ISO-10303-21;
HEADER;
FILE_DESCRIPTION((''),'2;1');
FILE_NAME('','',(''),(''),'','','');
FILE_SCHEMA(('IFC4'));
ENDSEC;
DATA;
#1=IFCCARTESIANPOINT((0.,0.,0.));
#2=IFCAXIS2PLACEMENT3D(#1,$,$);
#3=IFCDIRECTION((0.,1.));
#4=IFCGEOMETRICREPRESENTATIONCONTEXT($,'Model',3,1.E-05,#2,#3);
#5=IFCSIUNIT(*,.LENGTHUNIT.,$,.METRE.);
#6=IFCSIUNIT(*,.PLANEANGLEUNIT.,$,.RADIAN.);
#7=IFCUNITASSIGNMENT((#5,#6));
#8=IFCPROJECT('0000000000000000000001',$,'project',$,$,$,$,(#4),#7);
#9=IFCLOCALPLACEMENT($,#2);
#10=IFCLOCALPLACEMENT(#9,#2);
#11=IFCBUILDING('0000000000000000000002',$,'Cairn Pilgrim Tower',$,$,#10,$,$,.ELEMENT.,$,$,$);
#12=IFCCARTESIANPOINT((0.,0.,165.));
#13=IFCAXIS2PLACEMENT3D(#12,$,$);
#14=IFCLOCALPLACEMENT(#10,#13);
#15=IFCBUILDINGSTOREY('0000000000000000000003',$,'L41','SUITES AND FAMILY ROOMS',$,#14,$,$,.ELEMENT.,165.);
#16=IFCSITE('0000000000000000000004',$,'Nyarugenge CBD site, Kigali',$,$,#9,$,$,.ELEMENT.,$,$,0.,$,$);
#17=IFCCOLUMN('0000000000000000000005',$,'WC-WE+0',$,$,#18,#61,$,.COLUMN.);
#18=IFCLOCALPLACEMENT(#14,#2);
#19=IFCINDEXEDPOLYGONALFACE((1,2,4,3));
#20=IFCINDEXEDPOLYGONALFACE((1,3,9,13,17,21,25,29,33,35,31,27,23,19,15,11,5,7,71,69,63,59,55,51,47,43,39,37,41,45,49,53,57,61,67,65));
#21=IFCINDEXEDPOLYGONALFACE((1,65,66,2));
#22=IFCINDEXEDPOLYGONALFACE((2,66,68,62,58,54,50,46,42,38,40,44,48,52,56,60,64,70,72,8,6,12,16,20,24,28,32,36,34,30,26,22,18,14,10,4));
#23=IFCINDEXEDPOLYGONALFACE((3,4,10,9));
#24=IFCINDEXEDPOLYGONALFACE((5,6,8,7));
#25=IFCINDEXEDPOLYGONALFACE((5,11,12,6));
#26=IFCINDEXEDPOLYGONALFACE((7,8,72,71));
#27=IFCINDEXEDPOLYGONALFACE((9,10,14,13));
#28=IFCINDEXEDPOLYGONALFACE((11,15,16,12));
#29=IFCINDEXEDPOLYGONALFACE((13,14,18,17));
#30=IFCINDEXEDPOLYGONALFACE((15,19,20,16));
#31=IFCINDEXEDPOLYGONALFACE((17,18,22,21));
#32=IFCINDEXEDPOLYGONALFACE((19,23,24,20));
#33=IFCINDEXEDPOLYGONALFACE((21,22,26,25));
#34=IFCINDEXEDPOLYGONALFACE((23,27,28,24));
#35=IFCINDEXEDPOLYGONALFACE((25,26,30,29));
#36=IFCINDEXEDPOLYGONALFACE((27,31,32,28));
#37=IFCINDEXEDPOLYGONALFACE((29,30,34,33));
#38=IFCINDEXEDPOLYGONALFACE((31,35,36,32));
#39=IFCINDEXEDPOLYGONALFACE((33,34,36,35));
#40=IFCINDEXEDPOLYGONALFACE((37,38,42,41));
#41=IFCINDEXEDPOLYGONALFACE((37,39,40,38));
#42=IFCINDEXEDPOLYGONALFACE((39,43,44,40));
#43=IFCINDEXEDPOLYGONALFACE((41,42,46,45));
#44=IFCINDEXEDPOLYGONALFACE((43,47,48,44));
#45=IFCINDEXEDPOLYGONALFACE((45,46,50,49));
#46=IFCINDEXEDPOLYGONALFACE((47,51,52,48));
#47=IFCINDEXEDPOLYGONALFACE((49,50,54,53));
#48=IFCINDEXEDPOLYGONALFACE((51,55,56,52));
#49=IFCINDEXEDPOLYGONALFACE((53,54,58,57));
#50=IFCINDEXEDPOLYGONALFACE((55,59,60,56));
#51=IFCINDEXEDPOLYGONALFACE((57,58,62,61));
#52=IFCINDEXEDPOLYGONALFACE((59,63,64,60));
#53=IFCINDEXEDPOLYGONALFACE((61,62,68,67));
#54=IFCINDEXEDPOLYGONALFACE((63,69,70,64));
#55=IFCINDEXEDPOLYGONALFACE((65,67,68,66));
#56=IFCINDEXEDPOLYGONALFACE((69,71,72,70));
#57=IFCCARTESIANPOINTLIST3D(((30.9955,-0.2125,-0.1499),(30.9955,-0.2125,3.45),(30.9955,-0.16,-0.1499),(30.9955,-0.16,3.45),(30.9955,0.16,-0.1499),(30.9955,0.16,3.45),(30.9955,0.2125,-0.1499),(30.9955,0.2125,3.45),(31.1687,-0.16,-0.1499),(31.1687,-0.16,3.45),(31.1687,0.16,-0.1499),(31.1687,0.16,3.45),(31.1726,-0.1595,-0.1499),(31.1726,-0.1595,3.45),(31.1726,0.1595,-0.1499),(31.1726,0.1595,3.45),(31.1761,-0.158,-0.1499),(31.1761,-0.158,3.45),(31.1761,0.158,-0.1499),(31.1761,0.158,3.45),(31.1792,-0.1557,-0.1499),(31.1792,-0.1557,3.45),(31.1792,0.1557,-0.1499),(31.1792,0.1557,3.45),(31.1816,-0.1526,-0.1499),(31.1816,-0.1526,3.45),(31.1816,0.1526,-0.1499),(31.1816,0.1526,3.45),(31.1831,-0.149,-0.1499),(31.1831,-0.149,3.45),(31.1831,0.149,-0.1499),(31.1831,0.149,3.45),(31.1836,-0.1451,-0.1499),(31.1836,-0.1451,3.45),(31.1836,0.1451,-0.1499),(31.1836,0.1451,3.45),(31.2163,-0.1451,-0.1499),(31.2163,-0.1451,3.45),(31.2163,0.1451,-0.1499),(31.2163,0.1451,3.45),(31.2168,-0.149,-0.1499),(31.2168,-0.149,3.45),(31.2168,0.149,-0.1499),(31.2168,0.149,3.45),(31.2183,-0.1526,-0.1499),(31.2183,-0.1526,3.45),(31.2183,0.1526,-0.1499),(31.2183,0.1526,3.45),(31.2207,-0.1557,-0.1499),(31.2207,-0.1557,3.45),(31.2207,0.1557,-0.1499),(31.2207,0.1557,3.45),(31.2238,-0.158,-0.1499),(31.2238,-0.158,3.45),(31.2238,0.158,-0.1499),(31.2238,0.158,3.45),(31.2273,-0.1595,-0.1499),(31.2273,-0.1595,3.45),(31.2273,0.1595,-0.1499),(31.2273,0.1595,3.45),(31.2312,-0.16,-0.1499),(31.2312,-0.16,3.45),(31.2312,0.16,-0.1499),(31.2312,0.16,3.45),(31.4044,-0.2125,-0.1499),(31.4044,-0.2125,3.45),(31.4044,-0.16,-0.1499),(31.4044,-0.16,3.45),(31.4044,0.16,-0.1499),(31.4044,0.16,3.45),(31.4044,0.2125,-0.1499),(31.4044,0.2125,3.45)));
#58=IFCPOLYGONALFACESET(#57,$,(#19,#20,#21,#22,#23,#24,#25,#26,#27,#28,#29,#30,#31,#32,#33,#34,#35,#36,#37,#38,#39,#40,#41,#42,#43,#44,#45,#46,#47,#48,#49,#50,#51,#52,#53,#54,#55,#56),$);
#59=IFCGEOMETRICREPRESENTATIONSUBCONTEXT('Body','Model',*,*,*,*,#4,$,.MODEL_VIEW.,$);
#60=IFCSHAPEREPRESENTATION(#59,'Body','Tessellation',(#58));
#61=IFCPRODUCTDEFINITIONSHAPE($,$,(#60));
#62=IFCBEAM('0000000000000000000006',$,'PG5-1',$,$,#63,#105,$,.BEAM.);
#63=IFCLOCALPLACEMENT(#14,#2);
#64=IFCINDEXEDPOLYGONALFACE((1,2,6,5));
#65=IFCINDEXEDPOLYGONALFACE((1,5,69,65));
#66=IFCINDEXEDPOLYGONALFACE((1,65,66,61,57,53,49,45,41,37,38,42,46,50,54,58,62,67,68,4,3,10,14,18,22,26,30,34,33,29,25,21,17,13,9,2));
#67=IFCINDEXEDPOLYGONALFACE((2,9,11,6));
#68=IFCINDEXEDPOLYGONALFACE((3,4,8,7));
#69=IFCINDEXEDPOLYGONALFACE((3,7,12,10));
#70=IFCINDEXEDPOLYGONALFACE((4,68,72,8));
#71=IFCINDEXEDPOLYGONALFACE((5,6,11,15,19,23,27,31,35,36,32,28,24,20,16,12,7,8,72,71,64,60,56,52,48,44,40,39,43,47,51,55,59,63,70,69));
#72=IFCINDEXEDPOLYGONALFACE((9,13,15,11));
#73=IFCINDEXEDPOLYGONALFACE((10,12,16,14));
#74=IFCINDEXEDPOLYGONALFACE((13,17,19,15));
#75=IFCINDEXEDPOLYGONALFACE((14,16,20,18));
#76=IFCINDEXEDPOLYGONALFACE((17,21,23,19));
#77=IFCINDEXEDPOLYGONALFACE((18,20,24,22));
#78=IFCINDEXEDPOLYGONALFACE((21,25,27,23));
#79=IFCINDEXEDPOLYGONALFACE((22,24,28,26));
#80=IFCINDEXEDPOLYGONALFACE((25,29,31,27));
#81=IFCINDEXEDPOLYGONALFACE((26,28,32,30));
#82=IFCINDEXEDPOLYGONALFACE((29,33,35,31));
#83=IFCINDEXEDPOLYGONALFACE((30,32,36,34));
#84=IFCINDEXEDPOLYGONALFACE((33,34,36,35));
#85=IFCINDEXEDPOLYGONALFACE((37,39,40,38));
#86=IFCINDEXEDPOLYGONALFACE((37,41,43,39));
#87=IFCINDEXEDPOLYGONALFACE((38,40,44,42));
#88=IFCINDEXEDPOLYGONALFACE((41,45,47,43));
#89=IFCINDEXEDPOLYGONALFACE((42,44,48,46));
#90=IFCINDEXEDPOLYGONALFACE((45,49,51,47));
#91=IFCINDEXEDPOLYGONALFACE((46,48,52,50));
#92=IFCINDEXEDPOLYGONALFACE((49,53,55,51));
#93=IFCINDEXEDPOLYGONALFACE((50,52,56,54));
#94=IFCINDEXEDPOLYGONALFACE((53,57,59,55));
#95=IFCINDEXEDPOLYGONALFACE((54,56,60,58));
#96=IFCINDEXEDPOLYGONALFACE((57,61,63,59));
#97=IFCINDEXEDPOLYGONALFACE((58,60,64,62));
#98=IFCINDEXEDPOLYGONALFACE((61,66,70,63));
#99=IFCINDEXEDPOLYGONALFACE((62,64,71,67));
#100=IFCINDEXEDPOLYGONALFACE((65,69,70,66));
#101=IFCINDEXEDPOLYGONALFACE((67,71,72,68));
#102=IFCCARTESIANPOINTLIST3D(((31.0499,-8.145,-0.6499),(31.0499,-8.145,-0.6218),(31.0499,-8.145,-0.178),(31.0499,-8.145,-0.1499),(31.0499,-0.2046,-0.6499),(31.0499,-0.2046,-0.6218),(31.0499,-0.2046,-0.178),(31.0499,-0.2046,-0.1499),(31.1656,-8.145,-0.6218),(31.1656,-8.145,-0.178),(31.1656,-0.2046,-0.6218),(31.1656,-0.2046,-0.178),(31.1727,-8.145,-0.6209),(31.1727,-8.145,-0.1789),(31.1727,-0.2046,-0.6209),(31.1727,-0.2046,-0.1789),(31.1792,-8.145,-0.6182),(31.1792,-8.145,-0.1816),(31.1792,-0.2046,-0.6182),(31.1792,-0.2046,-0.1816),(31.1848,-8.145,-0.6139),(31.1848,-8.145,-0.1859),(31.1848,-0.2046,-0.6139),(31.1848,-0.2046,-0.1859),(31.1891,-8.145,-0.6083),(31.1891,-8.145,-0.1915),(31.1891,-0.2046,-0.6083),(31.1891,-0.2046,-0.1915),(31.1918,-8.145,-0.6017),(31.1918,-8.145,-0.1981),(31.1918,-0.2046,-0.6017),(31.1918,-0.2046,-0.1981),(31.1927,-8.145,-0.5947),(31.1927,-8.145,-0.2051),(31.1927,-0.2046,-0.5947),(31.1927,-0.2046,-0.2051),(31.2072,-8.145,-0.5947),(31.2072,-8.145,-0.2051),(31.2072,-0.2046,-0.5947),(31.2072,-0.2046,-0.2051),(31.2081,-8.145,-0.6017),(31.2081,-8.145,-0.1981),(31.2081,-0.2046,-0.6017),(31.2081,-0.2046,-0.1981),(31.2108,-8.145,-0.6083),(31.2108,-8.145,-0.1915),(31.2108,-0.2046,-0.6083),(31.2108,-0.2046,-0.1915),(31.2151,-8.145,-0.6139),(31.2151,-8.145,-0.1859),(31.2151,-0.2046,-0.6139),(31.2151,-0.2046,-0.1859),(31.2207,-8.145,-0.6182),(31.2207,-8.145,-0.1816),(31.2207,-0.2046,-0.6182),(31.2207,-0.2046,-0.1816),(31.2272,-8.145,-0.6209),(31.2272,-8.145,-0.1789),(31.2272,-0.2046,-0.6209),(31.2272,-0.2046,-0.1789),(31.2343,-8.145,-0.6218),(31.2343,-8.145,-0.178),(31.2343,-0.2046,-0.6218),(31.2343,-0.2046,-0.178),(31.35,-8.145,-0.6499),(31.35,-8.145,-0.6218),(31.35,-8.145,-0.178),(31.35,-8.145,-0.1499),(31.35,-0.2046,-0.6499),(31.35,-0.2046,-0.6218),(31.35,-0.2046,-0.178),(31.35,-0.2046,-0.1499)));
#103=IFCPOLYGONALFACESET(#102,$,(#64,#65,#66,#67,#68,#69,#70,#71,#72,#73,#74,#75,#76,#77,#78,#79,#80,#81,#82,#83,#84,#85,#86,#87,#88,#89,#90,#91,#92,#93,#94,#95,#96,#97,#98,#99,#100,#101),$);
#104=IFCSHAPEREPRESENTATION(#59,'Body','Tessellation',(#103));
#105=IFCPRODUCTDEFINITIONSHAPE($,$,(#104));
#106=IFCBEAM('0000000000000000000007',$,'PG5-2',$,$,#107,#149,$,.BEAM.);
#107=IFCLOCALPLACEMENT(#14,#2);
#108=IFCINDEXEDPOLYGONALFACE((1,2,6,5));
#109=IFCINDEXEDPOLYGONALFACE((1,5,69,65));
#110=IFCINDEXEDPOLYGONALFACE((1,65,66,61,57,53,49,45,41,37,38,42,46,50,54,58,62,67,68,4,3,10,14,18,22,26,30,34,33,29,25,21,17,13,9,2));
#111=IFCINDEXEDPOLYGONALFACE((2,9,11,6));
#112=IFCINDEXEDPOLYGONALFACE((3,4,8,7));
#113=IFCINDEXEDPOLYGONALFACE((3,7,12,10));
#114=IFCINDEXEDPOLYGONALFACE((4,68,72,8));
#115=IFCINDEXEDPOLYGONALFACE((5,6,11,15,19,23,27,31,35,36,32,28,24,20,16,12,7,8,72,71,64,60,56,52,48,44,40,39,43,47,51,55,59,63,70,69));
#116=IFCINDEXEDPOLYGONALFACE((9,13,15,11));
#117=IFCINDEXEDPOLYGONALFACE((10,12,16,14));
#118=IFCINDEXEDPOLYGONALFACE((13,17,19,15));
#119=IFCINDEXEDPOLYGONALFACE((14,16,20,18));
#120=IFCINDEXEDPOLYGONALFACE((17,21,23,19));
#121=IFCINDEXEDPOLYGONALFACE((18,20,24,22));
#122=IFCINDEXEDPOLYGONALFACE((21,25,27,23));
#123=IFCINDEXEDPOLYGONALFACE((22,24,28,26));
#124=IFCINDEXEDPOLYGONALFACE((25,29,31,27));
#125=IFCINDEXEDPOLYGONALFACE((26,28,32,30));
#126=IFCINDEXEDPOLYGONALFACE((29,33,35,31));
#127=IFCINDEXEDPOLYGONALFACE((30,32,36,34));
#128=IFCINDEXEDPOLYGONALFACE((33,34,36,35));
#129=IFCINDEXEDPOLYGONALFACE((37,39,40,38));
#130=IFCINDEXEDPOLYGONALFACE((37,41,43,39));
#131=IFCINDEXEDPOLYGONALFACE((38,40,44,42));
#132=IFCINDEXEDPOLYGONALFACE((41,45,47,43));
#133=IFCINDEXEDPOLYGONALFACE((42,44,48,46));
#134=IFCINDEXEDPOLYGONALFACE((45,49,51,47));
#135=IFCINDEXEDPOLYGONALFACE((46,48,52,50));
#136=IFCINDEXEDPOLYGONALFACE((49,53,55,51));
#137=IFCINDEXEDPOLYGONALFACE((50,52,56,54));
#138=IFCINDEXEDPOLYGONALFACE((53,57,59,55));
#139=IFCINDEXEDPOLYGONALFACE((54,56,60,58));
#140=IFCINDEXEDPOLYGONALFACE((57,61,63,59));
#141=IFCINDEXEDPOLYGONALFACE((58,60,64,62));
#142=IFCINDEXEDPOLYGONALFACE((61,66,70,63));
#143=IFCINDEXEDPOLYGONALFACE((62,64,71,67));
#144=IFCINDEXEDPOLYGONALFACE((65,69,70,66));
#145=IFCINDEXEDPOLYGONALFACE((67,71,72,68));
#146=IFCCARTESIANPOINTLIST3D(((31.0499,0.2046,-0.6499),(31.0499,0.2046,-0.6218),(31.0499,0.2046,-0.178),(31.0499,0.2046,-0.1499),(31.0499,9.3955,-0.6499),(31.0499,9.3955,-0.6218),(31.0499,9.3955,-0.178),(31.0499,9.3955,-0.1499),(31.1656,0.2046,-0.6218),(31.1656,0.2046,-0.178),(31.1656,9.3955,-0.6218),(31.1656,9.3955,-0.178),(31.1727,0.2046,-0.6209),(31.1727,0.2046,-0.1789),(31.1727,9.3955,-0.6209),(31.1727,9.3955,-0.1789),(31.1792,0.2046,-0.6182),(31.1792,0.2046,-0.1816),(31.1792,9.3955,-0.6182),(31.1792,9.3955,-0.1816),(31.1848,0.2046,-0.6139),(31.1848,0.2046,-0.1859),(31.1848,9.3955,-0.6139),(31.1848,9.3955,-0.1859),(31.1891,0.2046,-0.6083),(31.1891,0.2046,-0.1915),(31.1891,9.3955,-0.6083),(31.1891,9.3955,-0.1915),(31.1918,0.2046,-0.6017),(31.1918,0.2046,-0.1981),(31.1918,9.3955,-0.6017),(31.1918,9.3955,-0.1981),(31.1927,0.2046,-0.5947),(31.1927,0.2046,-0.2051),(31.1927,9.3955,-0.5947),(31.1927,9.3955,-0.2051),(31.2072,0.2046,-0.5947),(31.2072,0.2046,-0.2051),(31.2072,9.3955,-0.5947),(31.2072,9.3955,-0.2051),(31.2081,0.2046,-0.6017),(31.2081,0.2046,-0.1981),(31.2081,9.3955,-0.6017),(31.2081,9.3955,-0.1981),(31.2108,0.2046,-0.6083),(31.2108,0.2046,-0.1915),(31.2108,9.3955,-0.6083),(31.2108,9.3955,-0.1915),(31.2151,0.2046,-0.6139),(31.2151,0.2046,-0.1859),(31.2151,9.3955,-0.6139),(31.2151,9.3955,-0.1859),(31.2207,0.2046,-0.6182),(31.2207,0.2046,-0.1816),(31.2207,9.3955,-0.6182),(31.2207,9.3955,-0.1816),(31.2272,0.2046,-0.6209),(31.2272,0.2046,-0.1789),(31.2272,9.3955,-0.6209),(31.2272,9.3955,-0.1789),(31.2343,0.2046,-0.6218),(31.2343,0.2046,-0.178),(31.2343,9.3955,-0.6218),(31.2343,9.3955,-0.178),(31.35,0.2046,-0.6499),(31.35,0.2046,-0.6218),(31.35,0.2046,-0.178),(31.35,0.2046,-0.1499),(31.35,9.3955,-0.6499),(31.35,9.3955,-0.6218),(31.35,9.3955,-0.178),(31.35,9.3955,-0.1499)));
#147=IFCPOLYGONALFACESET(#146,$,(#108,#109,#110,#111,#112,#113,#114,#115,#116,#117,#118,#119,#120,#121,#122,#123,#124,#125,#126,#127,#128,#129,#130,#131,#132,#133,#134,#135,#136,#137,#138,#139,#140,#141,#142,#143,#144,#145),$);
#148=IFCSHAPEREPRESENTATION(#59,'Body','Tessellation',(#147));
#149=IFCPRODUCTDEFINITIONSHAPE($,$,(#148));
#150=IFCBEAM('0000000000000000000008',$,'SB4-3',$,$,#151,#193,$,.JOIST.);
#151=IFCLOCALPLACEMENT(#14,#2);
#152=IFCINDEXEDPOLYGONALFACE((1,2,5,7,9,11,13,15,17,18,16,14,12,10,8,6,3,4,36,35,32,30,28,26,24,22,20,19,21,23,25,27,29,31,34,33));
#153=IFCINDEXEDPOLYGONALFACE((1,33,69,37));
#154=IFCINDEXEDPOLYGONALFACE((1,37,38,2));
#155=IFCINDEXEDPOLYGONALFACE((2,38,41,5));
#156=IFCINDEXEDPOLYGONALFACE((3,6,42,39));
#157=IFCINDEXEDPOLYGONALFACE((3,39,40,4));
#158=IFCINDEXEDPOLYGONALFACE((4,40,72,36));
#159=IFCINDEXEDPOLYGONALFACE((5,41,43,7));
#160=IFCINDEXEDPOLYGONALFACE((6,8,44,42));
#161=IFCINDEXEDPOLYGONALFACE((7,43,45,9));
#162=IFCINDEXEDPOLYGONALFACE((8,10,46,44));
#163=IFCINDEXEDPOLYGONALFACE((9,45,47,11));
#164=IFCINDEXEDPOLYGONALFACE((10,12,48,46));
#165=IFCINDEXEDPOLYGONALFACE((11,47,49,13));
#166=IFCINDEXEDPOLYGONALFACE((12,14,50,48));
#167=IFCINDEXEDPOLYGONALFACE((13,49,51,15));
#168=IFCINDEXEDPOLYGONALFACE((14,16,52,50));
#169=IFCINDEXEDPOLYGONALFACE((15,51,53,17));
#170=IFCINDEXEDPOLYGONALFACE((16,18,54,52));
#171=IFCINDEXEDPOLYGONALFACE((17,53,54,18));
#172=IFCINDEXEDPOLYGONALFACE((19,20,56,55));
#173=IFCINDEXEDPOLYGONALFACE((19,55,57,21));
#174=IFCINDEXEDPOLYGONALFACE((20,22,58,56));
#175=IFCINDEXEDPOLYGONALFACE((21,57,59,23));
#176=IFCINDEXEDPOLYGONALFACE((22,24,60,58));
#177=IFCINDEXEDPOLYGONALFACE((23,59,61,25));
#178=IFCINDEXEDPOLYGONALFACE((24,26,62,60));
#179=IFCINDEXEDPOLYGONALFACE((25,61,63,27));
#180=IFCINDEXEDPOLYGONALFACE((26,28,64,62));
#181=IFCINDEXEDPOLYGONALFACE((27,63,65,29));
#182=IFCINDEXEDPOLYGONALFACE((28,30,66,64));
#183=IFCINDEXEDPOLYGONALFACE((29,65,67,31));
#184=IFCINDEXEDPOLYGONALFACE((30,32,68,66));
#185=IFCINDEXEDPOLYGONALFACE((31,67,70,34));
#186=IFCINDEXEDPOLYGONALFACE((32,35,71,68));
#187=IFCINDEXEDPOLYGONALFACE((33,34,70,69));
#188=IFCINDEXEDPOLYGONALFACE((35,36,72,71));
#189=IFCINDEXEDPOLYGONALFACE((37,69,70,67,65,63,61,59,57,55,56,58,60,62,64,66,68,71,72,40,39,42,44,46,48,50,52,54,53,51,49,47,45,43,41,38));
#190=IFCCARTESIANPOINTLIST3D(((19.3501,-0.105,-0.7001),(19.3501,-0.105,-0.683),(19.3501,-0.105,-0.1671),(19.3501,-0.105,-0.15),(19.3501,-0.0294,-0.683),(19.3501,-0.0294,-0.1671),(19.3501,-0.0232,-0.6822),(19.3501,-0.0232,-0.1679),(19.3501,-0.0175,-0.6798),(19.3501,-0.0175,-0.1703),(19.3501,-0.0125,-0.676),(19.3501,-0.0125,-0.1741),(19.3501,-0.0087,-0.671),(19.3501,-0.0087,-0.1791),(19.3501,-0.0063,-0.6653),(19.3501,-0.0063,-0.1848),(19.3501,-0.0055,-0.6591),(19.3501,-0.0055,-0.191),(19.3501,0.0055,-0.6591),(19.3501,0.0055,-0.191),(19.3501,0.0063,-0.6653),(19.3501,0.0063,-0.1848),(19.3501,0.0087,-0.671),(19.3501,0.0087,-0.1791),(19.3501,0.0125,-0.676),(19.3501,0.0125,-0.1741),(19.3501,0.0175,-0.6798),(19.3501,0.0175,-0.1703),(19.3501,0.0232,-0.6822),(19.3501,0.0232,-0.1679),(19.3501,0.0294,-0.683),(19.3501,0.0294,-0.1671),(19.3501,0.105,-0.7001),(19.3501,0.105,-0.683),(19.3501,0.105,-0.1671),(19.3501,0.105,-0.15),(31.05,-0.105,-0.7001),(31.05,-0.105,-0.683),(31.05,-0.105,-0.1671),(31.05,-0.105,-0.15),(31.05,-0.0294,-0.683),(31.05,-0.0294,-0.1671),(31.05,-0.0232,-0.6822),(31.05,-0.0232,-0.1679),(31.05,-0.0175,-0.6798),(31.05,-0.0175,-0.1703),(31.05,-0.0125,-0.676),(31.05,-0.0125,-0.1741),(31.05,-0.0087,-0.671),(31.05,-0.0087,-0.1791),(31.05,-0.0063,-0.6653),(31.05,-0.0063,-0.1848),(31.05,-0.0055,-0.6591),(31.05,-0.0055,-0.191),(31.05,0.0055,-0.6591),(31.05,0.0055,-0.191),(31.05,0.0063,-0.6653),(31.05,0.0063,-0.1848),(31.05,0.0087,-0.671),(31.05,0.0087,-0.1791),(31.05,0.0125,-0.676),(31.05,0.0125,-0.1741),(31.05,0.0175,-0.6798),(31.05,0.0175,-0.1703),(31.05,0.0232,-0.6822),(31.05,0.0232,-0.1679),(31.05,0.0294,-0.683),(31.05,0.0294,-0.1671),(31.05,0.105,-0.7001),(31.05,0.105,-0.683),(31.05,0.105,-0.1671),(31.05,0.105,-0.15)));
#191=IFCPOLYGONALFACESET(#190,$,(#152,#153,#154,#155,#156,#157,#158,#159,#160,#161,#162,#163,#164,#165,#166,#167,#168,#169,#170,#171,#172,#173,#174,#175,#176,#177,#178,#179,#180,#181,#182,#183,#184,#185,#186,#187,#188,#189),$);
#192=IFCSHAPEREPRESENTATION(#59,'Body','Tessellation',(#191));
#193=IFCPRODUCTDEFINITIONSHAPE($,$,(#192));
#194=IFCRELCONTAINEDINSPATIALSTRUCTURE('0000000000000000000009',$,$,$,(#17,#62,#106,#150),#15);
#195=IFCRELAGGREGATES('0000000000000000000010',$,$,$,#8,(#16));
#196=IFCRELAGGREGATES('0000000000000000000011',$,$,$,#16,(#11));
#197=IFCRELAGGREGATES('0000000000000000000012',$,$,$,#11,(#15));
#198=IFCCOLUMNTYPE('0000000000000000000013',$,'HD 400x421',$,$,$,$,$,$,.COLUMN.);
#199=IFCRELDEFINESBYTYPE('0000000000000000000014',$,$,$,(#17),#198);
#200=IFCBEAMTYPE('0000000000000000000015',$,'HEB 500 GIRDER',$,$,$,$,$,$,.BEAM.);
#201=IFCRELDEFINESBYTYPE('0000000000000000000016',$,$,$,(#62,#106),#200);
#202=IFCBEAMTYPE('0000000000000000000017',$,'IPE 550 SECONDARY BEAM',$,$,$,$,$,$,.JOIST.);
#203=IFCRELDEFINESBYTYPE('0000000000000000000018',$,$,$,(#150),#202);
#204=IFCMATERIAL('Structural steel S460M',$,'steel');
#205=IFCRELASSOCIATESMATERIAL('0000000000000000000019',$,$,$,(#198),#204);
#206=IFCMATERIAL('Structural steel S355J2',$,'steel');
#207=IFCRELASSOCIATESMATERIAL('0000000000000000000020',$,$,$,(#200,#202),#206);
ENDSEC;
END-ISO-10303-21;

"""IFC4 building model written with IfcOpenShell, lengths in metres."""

from ifc_helpers import new_model, si_unit, direction, frame, origin, origin_2d, place, context, subcontext, project, spatial, i_section, extrude, material, material_profile, profile_set, type_object, element, save


model = new_model("IFC4")

# Units and contexts
model_context = context("Model", 3, precision=1e-05, world=origin(), true_north=direction((0.0, 1.0)))
body_context = subcontext(model_context, "Body", "Model", "MODEL_VIEW")
ifc_project = project(units=[si_unit("LENGTHUNIT", "METRE"), si_unit("PLANEANGLEUNIT", "RADIAN")], contexts=[model_context])

# Site, building, storey
site_placement = place(None, origin())
site = spatial("IfcSite", under=ifc_project, at=site_placement, Name="Nyarugenge CBD site, Kigali", CompositionType="ELEMENT", RefElevation=0.0)
building_placement = place(site_placement, origin())
building = spatial("IfcBuilding", under=site, at=building_placement, Name="Cairn Pilgrim Tower", CompositionType="ELEMENT")
storey_placement = place(building_placement, frame((0.0, 0.0, 165.0)))
storey = spatial("IfcBuildingStorey", under=building, at=storey_placement, Name="L41", Description="SUITES AND FAMILY ROOMS", CompositionType="ELEMENT", Elevation=165.0)

# Column
ifc_material_1 = material(Name="Structural steel S460M", Category="steel")
ifc_material_profile_1 = material_profile(ifc_material_1, i_section(OverallWidth=0.4089, OverallDepth=0.425, WebThickness=0.0327, FlangeThickness=0.0525, FilletRadius=0.0149, at=origin_2d()), Name="HD 400x421")
ifc_profile_set_1 = profile_set([ifc_material_profile_1], Name="Structural steel S460M")
column_type = type_object("IfcColumnType", Name="HD 400x421", PredefinedType="COLUMN", material=ifc_profile_set_1)
column_placement = place(storey_placement, frame((31.2, 0.0, -0.1499), z_axis=(0.0, 0.0, 1.0), x_axis=(1.0, 0.0, 0.0)))
element("IfcColumn", 1, at=column_placement, inside=storey, type_object=column_type, Name="WC-WE+0", PredefinedType="COLUMN", context=body_context, shape_type="SweptSolid", body=[
    extrude(i_section(OverallWidth=0.4089, OverallDepth=0.425, WebThickness=0.0327, FlangeThickness=0.0525, FilletRadius=0.0149, at=origin_2d()), origin(), (0.0, 0.0, 1.0), 3.5999),
])

# Beams
ifc_material_2 = material(Name="Structural steel S355J2", Category="steel")
ifc_material_profile_2 = material_profile(ifc_material_2, i_section(OverallWidth=0.3, OverallDepth=0.5, WebThickness=0.0144, FlangeThickness=0.0281, FilletRadius=0.0271, at=origin_2d()), Name="HEB 500")
ifc_profile_set_2 = profile_set([ifc_material_profile_2], Name="Structural steel S355J2")
beam_type_1 = type_object("IfcBeamType", Name="HEB 500 GIRDER", PredefinedType="BEAM", material=ifc_profile_set_2)
beam_1_placement = place(storey_placement, frame((31.2, -8.145, -0.3999), z_axis=(0.0, 1.0, 0.0), x_axis=(-1.0, 0.0, 0.0)))
element("IfcBeam", 2, at=beam_1_placement, inside=storey, type_object=beam_type_1, Name="PG5-1", PredefinedType="BEAM", context=body_context, shape_type="SweptSolid", body=[
    extrude(i_section(OverallWidth=0.3, OverallDepth=0.5, WebThickness=0.0144, FlangeThickness=0.0281, FilletRadius=0.0271, at=origin_2d()), origin(), (0.0, 0.0, 1.0), 7.9404),
])
beam_2_placement = place(storey_placement, frame((31.2, 0.2046, -0.3999), z_axis=(0.0, 1.0, 0.0), x_axis=(-1.0, 0.0, 0.0)))
element("IfcBeam", 3, at=beam_2_placement, inside=storey, type_object=beam_type_1, Name="PG5-2", PredefinedType="BEAM", context=body_context, shape_type="SweptSolid", body=[
    extrude(i_section(OverallWidth=0.3, OverallDepth=0.5, WebThickness=0.0144, FlangeThickness=0.0281, FilletRadius=0.0271, at=origin_2d()), origin(), (0.0, 0.0, 1.0), 9.1909),
])
ifc_material_profile_3 = material_profile(ifc_material_2, i_section(OverallWidth=0.21, OverallDepth=0.55, WebThickness=0.011, FlangeThickness=0.0171, FilletRadius=0.0239, at=origin_2d()), Name="IPE 550")
ifc_profile_set_3 = profile_set([ifc_material_profile_3], Name="Structural steel S355J2")
beam_type_2 = type_object("IfcBeamType", Name="IPE 550 SECONDARY BEAM", PredefinedType="JOIST", material=ifc_profile_set_3)
beam_3_placement = place(storey_placement, frame((19.3501, 0.0, -0.425), z_axis=(1.0, 0.0, 0.0), x_axis=(0.0, 1.0, 0.0)))
element("IfcBeam", 4, at=beam_3_placement, inside=storey, type_object=beam_type_2, Name="SB4-3", PredefinedType="JOIST", context=body_context, shape_type="SweptSolid", body=[
    extrude(i_section(OverallWidth=0.21, OverallDepth=0.55, WebThickness=0.011, FlangeThickness=0.0171, FilletRadius=0.0239, at=origin_2d()), origin(), (0.0, 0.0, 1.0), 11.7),
])

save(model, "model.ifc")
